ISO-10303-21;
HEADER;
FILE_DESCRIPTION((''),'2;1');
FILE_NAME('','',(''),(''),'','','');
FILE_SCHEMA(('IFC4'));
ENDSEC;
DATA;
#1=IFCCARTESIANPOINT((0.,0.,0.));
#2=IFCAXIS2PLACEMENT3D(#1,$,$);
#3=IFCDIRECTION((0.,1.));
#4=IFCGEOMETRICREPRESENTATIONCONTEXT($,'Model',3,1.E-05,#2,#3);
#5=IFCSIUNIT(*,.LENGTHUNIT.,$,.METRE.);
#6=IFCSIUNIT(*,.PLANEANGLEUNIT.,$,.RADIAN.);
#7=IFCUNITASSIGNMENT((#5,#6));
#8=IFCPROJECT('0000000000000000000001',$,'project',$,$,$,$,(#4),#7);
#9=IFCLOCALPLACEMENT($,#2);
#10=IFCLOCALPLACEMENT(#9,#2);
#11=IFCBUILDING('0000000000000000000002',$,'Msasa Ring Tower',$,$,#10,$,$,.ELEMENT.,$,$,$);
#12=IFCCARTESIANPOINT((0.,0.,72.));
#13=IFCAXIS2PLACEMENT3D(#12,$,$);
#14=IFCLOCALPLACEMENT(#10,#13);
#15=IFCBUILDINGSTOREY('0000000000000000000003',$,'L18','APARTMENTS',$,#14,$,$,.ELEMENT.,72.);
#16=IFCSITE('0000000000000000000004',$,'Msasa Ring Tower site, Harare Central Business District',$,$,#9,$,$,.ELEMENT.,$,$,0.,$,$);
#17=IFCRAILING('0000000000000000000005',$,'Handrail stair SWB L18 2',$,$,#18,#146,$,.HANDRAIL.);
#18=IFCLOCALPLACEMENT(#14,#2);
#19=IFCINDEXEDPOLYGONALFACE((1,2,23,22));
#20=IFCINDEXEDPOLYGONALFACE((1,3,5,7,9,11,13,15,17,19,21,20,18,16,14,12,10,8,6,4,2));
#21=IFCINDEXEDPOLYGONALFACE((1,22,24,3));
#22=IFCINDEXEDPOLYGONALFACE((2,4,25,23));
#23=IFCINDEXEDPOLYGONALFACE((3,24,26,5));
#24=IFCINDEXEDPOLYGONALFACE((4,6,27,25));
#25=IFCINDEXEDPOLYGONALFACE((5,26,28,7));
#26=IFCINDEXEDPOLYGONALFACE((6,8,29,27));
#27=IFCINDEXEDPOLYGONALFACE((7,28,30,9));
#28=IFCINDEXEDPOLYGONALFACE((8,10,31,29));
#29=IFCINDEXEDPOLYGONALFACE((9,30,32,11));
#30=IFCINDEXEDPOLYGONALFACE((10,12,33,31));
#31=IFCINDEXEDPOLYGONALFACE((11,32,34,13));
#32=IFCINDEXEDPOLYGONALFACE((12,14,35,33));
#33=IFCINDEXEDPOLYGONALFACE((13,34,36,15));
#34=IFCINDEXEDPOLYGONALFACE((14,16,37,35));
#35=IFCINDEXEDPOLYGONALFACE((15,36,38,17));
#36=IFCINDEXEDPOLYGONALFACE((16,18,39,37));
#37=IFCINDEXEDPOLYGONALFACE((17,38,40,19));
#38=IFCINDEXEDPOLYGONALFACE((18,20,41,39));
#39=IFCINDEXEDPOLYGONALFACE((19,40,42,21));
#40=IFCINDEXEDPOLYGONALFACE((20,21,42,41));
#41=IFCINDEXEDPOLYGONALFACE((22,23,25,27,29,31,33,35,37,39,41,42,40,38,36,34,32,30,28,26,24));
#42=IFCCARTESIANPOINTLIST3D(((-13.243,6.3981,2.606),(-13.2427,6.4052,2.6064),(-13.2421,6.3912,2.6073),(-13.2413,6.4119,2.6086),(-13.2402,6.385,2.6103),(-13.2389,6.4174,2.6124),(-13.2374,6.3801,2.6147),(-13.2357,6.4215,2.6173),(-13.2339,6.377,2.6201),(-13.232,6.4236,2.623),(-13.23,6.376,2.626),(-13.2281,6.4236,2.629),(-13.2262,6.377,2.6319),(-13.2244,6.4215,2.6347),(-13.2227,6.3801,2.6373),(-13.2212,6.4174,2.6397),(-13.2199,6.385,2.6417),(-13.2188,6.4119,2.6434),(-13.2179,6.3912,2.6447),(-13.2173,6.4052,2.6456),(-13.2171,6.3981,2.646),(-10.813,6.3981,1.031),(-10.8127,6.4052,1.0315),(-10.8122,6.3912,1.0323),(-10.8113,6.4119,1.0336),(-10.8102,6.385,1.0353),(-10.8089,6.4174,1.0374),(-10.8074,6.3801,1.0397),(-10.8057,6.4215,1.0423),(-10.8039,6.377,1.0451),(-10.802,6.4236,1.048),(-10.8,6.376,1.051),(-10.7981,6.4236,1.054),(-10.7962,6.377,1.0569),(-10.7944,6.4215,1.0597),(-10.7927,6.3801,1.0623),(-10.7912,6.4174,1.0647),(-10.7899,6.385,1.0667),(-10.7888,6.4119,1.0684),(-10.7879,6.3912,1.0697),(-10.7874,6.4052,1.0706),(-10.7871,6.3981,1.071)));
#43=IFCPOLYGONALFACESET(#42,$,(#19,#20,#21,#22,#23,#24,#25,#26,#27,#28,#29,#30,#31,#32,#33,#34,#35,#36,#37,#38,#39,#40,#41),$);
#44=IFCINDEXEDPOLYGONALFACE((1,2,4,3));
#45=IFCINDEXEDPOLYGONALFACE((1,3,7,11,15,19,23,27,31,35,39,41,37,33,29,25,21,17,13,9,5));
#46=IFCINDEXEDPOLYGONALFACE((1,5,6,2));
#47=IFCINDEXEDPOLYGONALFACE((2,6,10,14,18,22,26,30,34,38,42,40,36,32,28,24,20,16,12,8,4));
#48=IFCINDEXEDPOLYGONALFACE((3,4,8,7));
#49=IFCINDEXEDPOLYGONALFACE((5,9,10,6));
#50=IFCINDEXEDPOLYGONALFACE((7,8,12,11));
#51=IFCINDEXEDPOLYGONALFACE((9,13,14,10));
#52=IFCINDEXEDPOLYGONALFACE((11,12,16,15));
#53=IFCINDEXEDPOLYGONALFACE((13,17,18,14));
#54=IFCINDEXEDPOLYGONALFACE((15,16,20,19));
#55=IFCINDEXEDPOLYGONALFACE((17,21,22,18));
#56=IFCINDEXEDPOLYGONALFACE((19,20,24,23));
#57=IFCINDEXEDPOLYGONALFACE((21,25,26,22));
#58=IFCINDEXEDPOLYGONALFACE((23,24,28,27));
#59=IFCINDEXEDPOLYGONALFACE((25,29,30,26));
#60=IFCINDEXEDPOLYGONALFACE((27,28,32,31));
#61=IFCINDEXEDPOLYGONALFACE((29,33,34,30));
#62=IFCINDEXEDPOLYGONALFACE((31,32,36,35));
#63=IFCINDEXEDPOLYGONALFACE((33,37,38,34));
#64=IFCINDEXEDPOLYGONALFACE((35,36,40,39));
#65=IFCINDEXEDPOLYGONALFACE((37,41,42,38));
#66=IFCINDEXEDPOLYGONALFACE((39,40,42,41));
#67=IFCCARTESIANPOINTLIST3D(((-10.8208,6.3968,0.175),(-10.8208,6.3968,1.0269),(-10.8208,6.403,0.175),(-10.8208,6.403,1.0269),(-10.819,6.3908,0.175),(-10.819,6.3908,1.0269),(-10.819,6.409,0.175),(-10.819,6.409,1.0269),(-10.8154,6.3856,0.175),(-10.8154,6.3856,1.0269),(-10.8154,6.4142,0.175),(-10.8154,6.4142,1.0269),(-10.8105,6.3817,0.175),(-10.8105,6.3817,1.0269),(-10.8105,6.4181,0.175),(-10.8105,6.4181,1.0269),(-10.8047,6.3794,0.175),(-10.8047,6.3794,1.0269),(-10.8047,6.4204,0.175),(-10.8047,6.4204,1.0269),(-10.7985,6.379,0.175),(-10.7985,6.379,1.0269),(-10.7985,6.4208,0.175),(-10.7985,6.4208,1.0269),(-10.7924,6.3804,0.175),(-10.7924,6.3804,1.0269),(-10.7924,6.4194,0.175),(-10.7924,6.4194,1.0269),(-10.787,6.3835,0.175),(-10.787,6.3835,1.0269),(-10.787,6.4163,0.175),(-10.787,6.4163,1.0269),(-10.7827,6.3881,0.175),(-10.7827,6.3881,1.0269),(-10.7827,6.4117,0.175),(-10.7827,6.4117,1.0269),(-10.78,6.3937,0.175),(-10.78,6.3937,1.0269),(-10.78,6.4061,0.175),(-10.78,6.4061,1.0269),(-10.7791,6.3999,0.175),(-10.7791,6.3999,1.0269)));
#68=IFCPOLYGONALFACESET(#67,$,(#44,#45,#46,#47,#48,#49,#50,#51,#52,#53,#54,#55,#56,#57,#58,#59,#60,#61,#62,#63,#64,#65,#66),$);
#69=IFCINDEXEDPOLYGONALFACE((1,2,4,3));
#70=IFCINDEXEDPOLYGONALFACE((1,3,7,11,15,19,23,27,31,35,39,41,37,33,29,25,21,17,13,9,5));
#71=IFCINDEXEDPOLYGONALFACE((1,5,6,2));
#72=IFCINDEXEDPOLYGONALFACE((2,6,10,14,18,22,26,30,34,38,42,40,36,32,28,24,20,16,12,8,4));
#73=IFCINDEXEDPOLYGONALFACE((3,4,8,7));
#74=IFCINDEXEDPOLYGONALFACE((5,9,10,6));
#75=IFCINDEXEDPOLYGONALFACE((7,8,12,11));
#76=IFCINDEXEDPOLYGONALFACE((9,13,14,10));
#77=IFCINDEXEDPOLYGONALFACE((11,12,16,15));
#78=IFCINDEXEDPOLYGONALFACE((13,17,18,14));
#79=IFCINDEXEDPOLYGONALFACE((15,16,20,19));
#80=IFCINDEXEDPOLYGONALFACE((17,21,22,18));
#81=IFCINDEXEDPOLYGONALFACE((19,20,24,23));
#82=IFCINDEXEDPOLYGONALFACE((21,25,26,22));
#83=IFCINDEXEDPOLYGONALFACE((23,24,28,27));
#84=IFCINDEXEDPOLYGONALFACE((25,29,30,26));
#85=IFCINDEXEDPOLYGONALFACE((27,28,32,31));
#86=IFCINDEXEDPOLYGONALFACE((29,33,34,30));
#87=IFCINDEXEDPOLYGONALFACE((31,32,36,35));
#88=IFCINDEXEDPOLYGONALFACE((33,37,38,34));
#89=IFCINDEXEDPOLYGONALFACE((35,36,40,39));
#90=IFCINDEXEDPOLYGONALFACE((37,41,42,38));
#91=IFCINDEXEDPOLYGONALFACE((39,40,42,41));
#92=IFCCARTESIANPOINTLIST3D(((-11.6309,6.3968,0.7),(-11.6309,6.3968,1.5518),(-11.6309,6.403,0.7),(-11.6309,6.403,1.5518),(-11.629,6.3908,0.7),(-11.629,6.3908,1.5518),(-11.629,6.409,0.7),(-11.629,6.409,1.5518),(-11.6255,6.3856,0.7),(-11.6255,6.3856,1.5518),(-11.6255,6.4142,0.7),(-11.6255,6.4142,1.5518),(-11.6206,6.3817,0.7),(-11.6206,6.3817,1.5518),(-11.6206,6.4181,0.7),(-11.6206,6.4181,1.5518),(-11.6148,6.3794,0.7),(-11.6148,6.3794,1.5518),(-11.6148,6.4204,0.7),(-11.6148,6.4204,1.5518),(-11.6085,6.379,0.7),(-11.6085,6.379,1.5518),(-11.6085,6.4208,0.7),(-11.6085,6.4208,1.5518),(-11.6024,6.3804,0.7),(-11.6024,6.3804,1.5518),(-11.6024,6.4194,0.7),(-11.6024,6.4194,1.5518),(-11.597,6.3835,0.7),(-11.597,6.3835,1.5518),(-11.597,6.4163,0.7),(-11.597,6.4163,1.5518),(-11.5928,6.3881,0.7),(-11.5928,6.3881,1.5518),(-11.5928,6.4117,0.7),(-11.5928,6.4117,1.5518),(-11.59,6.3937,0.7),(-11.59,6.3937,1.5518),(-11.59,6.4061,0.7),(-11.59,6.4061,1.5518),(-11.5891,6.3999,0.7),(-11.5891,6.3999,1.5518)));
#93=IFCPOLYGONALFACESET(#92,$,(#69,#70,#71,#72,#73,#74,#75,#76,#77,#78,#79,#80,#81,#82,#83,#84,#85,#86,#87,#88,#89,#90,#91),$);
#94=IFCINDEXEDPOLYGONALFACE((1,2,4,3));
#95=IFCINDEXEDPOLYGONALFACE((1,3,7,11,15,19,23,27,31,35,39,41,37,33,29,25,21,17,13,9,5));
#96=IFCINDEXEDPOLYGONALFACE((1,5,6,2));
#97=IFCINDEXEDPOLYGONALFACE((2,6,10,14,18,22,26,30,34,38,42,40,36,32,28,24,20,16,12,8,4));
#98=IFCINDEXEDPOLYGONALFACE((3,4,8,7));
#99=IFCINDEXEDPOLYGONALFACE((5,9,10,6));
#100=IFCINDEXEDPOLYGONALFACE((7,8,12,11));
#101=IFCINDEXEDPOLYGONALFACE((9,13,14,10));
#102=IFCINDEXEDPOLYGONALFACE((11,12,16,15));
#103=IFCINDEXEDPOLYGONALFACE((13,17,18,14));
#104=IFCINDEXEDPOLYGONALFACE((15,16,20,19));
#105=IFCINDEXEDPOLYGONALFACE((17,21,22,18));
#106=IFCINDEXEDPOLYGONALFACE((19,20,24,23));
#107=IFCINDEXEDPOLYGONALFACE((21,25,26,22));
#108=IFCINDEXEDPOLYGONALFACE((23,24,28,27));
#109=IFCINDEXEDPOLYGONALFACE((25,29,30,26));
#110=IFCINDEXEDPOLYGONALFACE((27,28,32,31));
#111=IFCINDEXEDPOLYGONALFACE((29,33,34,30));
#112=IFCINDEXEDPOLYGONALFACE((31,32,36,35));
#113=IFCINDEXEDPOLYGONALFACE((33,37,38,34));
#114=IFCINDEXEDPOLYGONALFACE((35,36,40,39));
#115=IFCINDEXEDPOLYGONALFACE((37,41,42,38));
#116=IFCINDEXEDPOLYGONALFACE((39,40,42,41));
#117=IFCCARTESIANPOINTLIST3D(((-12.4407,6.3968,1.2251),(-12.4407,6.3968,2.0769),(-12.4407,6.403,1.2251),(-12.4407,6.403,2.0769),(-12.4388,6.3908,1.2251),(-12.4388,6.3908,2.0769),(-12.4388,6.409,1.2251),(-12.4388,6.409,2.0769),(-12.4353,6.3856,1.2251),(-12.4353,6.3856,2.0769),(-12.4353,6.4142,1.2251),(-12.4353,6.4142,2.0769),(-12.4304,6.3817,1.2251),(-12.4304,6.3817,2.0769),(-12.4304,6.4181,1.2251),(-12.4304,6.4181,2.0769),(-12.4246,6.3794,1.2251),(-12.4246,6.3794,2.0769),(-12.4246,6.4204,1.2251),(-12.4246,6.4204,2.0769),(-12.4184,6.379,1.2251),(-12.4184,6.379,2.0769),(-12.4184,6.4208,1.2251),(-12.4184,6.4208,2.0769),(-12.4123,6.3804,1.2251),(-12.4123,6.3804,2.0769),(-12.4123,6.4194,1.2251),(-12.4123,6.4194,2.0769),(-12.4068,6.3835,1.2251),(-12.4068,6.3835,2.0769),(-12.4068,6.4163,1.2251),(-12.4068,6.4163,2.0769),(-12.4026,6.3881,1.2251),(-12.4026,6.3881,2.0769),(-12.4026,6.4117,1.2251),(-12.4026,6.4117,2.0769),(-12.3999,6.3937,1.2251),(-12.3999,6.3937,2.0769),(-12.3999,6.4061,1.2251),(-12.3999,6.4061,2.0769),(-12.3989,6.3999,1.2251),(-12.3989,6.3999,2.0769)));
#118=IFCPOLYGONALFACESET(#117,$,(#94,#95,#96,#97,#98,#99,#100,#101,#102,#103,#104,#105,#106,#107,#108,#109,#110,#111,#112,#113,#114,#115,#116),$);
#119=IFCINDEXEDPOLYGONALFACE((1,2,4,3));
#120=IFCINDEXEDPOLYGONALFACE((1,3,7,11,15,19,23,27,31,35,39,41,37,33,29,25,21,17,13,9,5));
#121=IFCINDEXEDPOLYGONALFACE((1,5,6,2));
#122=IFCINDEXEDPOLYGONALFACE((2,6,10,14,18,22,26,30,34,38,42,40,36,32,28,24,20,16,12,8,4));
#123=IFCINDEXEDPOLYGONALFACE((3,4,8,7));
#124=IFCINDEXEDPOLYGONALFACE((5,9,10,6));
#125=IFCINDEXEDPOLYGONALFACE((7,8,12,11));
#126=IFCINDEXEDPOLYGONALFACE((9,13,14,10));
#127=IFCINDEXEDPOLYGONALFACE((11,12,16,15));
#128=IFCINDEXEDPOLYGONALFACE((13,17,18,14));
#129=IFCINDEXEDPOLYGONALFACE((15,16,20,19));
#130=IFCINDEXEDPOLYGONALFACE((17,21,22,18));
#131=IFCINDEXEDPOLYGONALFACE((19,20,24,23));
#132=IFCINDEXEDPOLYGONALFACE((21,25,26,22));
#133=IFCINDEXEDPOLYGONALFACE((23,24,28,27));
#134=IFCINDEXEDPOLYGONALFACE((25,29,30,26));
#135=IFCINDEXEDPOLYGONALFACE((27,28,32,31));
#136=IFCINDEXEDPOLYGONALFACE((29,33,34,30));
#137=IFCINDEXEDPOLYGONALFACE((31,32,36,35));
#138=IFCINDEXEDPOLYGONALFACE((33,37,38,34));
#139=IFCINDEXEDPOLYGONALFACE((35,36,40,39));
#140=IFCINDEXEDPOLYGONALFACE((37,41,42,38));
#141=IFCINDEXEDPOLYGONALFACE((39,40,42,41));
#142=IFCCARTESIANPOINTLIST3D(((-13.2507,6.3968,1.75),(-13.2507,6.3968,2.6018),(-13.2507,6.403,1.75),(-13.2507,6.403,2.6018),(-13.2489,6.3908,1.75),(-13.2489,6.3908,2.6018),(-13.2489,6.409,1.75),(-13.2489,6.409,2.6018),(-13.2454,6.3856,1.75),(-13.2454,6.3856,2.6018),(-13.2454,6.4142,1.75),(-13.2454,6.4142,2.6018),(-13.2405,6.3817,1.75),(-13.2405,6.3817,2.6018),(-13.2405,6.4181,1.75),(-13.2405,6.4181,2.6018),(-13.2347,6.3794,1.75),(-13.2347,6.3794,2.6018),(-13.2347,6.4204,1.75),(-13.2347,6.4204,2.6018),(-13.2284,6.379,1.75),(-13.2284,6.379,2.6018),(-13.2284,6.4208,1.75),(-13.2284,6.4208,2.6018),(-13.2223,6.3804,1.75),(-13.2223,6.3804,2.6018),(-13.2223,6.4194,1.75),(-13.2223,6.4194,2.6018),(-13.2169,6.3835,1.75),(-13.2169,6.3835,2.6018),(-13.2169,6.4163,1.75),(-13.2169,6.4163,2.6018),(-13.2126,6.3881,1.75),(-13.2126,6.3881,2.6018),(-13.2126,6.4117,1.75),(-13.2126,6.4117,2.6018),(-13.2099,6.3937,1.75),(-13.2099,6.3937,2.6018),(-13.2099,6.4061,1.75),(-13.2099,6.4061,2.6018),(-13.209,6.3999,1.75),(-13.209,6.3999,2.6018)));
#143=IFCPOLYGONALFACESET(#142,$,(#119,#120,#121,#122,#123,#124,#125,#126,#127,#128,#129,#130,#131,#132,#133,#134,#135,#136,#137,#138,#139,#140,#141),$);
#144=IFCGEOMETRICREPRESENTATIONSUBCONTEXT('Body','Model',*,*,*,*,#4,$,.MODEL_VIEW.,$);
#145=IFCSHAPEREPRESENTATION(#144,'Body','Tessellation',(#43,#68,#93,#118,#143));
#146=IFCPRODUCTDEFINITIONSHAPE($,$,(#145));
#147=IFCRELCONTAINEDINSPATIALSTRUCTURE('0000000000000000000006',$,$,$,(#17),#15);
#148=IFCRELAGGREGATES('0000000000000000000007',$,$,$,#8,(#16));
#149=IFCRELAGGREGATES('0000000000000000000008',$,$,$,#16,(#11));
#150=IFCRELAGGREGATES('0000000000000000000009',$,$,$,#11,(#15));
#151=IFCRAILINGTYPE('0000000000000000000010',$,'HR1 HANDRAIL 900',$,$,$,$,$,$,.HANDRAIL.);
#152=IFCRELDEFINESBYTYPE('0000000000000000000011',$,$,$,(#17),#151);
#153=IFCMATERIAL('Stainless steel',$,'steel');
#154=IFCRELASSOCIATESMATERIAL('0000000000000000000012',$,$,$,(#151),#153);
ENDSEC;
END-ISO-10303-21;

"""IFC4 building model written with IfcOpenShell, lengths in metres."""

from ifc_helpers import new_model, si_unit, direction, frame, origin, origin_2d, place, context, subcontext, project, spatial, circle, extrude, material, type_object, element, save


model = new_model("IFC4")

# Units and contexts
model_context = context("Model", 3, precision=1e-05, world=origin(), true_north=direction((0.0, 1.0)))
body_context = subcontext(model_context, "Body", "Model", "MODEL_VIEW")
ifc_project = project(units=[si_unit("LENGTHUNIT", "METRE"), si_unit("PLANEANGLEUNIT", "RADIAN")], contexts=[model_context])

# Site, building, storey
site_placement = place(None, origin())
site = spatial("IfcSite", under=ifc_project, at=site_placement, Name="Msasa Ring Tower site, Harare Central Business District", CompositionType="ELEMENT", RefElevation=0.0)
building_placement = place(site_placement, origin())
building = spatial("IfcBuilding", under=site, at=building_placement, Name="Msasa Ring Tower", CompositionType="ELEMENT")
storey_placement = place(building_placement, frame((0.0, 0.0, 72.0)))
storey = spatial("IfcBuildingStorey", under=building, at=storey_placement, Name="L18", Description="APARTMENTS", CompositionType="ELEMENT", Elevation=72.0)

# Railing
ifc_material_1 = material(Name="Stainless steel", Category="steel")
railing_type = type_object("IfcRailingType", Name="HR1 HANDRAIL 900", PredefinedType="HANDRAIL", material=ifc_material_1)
for number, where, name in (
    (1, (-10.8, 6.3999, 0.175), "Handrail stair SWB L18 2"),
):
    element("IfcRailing", number, at=place(storey_placement, frame(where)), inside=storey, type_object=railing_type, Name=name, PredefinedType="HANDRAIL", context=body_context, shape_type="SweptSolid", body=[
        extrude(circle(Radius=0.0239, at=origin_2d()), frame((0.0, 0.0, 0.876), z_axis=(-0.839154, 0.0, 0.543894), x_axis=(0.0, -1.0, 0.0)), (0.0, 0.0, 1.0), 2.8958),
        extrude(circle(Radius=0.021, at=origin_2d()), origin(), (0.0, 0.0, 1.0), 0.8518),
        extrude(circle(Radius=0.021, at=origin_2d()), frame((-0.8101, 0.0, 0.5249)), (0.0, 0.0, 1.0), 0.8518),
        extrude(circle(Radius=0.021, at=origin_2d()), frame((-1.6199, 0.0, 1.05)), (0.0, 0.0, 1.0), 0.8518),
        extrude(circle(Radius=0.021, at=origin_2d()), frame((-2.4299, 0.0, 1.575)), (0.0, 0.0, 1.0), 0.8518),
    ])

save(model, "model.ifc")
